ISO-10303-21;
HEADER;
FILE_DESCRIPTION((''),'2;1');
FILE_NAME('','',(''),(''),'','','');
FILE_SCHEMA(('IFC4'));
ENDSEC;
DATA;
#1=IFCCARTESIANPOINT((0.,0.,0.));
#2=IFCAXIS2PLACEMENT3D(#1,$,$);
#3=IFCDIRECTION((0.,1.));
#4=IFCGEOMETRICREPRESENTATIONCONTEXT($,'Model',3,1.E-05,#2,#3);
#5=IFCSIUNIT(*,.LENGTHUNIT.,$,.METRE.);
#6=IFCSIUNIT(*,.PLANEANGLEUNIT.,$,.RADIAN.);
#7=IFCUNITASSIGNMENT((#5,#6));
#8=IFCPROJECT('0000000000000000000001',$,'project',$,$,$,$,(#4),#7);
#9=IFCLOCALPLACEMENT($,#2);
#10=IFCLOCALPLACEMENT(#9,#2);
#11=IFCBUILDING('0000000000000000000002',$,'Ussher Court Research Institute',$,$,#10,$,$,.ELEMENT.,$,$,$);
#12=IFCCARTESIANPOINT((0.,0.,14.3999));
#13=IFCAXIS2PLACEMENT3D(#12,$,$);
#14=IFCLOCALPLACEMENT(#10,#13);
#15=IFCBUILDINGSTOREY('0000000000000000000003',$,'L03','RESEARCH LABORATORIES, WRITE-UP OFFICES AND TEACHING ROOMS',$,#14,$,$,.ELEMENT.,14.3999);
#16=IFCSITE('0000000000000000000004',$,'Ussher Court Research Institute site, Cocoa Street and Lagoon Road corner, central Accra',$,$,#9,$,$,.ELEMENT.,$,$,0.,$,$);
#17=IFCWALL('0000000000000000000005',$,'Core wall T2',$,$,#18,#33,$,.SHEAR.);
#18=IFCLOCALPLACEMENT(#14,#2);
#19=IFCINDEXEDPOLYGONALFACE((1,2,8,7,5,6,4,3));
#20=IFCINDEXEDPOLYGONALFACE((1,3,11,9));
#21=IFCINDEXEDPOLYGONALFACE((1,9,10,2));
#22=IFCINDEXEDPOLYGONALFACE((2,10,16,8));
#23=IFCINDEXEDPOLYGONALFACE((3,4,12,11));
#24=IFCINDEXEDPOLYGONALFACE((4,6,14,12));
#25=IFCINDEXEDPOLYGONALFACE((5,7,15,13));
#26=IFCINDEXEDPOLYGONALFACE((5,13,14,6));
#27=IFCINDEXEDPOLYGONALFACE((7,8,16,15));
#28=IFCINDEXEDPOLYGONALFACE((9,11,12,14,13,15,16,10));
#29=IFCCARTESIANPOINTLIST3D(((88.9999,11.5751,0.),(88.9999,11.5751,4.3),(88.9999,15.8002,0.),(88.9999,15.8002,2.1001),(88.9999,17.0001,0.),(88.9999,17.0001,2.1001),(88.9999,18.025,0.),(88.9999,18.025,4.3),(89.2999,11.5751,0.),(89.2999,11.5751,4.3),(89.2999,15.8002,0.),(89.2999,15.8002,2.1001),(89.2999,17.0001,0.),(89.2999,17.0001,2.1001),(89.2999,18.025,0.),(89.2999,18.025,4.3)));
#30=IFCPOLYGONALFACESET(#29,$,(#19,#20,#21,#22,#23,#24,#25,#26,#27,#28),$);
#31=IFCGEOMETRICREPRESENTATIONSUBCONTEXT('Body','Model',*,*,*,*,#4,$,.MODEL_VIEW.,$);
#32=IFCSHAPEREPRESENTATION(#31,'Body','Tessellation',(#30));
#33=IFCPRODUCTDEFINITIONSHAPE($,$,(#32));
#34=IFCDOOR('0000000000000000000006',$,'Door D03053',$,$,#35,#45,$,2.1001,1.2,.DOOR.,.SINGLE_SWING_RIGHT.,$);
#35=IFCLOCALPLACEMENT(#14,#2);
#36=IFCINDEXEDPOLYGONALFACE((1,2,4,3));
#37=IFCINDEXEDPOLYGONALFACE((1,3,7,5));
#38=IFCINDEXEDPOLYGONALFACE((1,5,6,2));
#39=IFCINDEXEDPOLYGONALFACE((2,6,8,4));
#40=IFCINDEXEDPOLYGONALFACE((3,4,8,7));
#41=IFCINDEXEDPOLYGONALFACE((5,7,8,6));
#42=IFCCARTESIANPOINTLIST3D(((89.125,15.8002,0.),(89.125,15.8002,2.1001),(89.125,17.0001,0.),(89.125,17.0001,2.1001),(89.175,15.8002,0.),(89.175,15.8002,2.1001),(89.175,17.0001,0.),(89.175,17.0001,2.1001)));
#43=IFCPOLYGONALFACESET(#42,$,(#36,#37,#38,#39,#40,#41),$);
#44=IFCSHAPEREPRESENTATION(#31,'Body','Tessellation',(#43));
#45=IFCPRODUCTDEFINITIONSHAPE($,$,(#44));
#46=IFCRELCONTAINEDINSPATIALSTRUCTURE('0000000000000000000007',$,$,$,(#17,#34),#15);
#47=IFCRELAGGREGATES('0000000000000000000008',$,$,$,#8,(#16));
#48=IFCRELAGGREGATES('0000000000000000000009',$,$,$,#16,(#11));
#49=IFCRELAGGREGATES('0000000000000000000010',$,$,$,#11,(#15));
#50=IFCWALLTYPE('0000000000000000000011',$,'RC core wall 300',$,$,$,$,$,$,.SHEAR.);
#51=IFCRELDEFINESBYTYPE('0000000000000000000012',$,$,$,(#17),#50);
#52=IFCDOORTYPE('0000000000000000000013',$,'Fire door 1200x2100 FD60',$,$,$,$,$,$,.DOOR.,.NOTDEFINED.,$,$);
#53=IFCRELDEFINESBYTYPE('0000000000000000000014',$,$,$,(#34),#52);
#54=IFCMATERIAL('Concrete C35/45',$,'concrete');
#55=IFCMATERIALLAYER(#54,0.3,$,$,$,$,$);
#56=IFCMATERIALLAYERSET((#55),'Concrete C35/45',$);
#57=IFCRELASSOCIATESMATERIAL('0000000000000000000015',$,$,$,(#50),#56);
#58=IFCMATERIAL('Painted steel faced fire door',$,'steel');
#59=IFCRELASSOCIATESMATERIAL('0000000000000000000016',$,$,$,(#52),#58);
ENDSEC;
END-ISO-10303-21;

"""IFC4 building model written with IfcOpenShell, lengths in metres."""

from ifc_helpers import new_model, si_unit, direction, frame, frame_2d, origin, place, context, subcontext, project, spatial, rectangle, extrude, material, layer, layer_set, type_object, element, fill, save


model = new_model("IFC4")

# Units and contexts
model_context = context("Model", 3, precision=1e-05, world=origin(), true_north=direction((0.0, 1.0)))
body_context = subcontext(model_context, "Body", "Model", "MODEL_VIEW")
ifc_project = project(units=[si_unit("LENGTHUNIT", "METRE"), si_unit("PLANEANGLEUNIT", "RADIAN")], contexts=[model_context])

# Site, building, storey
site_placement = place(None, origin())
site = spatial("IfcSite", under=ifc_project, at=site_placement, Name="Ussher Court Research Institute site, Cocoa Street and Lagoon Road corner, central Accra", CompositionType="ELEMENT", RefElevation=0.0)
building_placement = place(site_placement, origin())
building = spatial("IfcBuilding", under=site, at=building_placement, Name="Ussher Court Research Institute", CompositionType="ELEMENT")
storey_placement = place(building_placement, frame((0.0, 0.0, 14.3999)))
storey = spatial("IfcBuildingStorey", under=building, at=storey_placement, Name="L03", Description="RESEARCH LABORATORIES, WRITE-UP OFFICES AND TEACHING ROOMS", CompositionType="ELEMENT", Elevation=14.3999)

# Wall, opening, door
ifc_material_1 = material(Name="Concrete C35/45", Category="concrete")
ifc_layer_1 = layer(ifc_material_1, 0.3)
ifc_layer_set_1 = layer_set([ifc_layer_1], Name="Concrete C35/45")
wall_type_1 = type_object("IfcWallType", Name="RC core wall 300", PredefinedType="SHEAR", material=ifc_layer_set_1)
wall_1_placement = place(storey_placement, frame((89.1499, 11.575, 0.0), z_axis=(0.0, 0.0, 1.0), x_axis=(0.0, 1.0, 0.0)))
wall_1 = element("IfcWall", 1, at=wall_1_placement, inside=storey, type_object=wall_type_1, Name="Core wall T2", PredefinedType="SHEAR", context=body_context, shape_type="SweptSolid", body=[
    extrude(rectangle(XDim=6.45, YDim=0.3, at=frame_2d((3.2251, 0.0))), origin(), (0.0, 0.0, 1.0), 4.3),
])
opening_1_placement = place(wall_1_placement, frame((4.2251, 0.0, 0.0)))
opening_1 = element("IfcOpeningElement", 2, at=opening_1_placement, cuts=wall_1, PredefinedType="OPENING", context=body_context, shape_type="SweptSolid", body=[
    extrude(rectangle(XDim=1.2, YDim=2.1001, at=frame_2d((0.6001, 1.05))), frame((0.0, 0.1602, 0.0), z_axis=(0.0, -1.0, 0.0), x_axis=(1.0, 0.0, 0.0)), (0.0, 0.0, 1.0), 0.3201),
])
ifc_material_2 = material(Name="Painted steel faced fire door", Category="steel")
door_type_1 = type_object("IfcDoorType", Name="Fire door 1200x2100 FD60", OperationType="NOTDEFINED", PredefinedType="DOOR", material=ifc_material_2)
door_1_placement = place(opening_1_placement, origin())
door_1 = element("IfcDoor", 3, at=door_1_placement, inside=storey, type_object=door_type_1, Name="Door D03053", OperationType="SINGLE_SWING_RIGHT", OverallHeight=2.1001, OverallWidth=1.2, PredefinedType="DOOR", context=body_context, shape_type="SweptSolid", body=[
    extrude(rectangle(XDim=1.2, YDim=2.1001, at=frame_2d((0.6001, 1.05))), frame((0.0, 0.0249, 0.0), z_axis=(0.0, -1.0, 0.0), x_axis=(1.0, 0.0, 0.0)), (0.0, 0.0, 1.0), 0.05),
])
fill(opening_1, door_1)

save(model, "model.ifc")
